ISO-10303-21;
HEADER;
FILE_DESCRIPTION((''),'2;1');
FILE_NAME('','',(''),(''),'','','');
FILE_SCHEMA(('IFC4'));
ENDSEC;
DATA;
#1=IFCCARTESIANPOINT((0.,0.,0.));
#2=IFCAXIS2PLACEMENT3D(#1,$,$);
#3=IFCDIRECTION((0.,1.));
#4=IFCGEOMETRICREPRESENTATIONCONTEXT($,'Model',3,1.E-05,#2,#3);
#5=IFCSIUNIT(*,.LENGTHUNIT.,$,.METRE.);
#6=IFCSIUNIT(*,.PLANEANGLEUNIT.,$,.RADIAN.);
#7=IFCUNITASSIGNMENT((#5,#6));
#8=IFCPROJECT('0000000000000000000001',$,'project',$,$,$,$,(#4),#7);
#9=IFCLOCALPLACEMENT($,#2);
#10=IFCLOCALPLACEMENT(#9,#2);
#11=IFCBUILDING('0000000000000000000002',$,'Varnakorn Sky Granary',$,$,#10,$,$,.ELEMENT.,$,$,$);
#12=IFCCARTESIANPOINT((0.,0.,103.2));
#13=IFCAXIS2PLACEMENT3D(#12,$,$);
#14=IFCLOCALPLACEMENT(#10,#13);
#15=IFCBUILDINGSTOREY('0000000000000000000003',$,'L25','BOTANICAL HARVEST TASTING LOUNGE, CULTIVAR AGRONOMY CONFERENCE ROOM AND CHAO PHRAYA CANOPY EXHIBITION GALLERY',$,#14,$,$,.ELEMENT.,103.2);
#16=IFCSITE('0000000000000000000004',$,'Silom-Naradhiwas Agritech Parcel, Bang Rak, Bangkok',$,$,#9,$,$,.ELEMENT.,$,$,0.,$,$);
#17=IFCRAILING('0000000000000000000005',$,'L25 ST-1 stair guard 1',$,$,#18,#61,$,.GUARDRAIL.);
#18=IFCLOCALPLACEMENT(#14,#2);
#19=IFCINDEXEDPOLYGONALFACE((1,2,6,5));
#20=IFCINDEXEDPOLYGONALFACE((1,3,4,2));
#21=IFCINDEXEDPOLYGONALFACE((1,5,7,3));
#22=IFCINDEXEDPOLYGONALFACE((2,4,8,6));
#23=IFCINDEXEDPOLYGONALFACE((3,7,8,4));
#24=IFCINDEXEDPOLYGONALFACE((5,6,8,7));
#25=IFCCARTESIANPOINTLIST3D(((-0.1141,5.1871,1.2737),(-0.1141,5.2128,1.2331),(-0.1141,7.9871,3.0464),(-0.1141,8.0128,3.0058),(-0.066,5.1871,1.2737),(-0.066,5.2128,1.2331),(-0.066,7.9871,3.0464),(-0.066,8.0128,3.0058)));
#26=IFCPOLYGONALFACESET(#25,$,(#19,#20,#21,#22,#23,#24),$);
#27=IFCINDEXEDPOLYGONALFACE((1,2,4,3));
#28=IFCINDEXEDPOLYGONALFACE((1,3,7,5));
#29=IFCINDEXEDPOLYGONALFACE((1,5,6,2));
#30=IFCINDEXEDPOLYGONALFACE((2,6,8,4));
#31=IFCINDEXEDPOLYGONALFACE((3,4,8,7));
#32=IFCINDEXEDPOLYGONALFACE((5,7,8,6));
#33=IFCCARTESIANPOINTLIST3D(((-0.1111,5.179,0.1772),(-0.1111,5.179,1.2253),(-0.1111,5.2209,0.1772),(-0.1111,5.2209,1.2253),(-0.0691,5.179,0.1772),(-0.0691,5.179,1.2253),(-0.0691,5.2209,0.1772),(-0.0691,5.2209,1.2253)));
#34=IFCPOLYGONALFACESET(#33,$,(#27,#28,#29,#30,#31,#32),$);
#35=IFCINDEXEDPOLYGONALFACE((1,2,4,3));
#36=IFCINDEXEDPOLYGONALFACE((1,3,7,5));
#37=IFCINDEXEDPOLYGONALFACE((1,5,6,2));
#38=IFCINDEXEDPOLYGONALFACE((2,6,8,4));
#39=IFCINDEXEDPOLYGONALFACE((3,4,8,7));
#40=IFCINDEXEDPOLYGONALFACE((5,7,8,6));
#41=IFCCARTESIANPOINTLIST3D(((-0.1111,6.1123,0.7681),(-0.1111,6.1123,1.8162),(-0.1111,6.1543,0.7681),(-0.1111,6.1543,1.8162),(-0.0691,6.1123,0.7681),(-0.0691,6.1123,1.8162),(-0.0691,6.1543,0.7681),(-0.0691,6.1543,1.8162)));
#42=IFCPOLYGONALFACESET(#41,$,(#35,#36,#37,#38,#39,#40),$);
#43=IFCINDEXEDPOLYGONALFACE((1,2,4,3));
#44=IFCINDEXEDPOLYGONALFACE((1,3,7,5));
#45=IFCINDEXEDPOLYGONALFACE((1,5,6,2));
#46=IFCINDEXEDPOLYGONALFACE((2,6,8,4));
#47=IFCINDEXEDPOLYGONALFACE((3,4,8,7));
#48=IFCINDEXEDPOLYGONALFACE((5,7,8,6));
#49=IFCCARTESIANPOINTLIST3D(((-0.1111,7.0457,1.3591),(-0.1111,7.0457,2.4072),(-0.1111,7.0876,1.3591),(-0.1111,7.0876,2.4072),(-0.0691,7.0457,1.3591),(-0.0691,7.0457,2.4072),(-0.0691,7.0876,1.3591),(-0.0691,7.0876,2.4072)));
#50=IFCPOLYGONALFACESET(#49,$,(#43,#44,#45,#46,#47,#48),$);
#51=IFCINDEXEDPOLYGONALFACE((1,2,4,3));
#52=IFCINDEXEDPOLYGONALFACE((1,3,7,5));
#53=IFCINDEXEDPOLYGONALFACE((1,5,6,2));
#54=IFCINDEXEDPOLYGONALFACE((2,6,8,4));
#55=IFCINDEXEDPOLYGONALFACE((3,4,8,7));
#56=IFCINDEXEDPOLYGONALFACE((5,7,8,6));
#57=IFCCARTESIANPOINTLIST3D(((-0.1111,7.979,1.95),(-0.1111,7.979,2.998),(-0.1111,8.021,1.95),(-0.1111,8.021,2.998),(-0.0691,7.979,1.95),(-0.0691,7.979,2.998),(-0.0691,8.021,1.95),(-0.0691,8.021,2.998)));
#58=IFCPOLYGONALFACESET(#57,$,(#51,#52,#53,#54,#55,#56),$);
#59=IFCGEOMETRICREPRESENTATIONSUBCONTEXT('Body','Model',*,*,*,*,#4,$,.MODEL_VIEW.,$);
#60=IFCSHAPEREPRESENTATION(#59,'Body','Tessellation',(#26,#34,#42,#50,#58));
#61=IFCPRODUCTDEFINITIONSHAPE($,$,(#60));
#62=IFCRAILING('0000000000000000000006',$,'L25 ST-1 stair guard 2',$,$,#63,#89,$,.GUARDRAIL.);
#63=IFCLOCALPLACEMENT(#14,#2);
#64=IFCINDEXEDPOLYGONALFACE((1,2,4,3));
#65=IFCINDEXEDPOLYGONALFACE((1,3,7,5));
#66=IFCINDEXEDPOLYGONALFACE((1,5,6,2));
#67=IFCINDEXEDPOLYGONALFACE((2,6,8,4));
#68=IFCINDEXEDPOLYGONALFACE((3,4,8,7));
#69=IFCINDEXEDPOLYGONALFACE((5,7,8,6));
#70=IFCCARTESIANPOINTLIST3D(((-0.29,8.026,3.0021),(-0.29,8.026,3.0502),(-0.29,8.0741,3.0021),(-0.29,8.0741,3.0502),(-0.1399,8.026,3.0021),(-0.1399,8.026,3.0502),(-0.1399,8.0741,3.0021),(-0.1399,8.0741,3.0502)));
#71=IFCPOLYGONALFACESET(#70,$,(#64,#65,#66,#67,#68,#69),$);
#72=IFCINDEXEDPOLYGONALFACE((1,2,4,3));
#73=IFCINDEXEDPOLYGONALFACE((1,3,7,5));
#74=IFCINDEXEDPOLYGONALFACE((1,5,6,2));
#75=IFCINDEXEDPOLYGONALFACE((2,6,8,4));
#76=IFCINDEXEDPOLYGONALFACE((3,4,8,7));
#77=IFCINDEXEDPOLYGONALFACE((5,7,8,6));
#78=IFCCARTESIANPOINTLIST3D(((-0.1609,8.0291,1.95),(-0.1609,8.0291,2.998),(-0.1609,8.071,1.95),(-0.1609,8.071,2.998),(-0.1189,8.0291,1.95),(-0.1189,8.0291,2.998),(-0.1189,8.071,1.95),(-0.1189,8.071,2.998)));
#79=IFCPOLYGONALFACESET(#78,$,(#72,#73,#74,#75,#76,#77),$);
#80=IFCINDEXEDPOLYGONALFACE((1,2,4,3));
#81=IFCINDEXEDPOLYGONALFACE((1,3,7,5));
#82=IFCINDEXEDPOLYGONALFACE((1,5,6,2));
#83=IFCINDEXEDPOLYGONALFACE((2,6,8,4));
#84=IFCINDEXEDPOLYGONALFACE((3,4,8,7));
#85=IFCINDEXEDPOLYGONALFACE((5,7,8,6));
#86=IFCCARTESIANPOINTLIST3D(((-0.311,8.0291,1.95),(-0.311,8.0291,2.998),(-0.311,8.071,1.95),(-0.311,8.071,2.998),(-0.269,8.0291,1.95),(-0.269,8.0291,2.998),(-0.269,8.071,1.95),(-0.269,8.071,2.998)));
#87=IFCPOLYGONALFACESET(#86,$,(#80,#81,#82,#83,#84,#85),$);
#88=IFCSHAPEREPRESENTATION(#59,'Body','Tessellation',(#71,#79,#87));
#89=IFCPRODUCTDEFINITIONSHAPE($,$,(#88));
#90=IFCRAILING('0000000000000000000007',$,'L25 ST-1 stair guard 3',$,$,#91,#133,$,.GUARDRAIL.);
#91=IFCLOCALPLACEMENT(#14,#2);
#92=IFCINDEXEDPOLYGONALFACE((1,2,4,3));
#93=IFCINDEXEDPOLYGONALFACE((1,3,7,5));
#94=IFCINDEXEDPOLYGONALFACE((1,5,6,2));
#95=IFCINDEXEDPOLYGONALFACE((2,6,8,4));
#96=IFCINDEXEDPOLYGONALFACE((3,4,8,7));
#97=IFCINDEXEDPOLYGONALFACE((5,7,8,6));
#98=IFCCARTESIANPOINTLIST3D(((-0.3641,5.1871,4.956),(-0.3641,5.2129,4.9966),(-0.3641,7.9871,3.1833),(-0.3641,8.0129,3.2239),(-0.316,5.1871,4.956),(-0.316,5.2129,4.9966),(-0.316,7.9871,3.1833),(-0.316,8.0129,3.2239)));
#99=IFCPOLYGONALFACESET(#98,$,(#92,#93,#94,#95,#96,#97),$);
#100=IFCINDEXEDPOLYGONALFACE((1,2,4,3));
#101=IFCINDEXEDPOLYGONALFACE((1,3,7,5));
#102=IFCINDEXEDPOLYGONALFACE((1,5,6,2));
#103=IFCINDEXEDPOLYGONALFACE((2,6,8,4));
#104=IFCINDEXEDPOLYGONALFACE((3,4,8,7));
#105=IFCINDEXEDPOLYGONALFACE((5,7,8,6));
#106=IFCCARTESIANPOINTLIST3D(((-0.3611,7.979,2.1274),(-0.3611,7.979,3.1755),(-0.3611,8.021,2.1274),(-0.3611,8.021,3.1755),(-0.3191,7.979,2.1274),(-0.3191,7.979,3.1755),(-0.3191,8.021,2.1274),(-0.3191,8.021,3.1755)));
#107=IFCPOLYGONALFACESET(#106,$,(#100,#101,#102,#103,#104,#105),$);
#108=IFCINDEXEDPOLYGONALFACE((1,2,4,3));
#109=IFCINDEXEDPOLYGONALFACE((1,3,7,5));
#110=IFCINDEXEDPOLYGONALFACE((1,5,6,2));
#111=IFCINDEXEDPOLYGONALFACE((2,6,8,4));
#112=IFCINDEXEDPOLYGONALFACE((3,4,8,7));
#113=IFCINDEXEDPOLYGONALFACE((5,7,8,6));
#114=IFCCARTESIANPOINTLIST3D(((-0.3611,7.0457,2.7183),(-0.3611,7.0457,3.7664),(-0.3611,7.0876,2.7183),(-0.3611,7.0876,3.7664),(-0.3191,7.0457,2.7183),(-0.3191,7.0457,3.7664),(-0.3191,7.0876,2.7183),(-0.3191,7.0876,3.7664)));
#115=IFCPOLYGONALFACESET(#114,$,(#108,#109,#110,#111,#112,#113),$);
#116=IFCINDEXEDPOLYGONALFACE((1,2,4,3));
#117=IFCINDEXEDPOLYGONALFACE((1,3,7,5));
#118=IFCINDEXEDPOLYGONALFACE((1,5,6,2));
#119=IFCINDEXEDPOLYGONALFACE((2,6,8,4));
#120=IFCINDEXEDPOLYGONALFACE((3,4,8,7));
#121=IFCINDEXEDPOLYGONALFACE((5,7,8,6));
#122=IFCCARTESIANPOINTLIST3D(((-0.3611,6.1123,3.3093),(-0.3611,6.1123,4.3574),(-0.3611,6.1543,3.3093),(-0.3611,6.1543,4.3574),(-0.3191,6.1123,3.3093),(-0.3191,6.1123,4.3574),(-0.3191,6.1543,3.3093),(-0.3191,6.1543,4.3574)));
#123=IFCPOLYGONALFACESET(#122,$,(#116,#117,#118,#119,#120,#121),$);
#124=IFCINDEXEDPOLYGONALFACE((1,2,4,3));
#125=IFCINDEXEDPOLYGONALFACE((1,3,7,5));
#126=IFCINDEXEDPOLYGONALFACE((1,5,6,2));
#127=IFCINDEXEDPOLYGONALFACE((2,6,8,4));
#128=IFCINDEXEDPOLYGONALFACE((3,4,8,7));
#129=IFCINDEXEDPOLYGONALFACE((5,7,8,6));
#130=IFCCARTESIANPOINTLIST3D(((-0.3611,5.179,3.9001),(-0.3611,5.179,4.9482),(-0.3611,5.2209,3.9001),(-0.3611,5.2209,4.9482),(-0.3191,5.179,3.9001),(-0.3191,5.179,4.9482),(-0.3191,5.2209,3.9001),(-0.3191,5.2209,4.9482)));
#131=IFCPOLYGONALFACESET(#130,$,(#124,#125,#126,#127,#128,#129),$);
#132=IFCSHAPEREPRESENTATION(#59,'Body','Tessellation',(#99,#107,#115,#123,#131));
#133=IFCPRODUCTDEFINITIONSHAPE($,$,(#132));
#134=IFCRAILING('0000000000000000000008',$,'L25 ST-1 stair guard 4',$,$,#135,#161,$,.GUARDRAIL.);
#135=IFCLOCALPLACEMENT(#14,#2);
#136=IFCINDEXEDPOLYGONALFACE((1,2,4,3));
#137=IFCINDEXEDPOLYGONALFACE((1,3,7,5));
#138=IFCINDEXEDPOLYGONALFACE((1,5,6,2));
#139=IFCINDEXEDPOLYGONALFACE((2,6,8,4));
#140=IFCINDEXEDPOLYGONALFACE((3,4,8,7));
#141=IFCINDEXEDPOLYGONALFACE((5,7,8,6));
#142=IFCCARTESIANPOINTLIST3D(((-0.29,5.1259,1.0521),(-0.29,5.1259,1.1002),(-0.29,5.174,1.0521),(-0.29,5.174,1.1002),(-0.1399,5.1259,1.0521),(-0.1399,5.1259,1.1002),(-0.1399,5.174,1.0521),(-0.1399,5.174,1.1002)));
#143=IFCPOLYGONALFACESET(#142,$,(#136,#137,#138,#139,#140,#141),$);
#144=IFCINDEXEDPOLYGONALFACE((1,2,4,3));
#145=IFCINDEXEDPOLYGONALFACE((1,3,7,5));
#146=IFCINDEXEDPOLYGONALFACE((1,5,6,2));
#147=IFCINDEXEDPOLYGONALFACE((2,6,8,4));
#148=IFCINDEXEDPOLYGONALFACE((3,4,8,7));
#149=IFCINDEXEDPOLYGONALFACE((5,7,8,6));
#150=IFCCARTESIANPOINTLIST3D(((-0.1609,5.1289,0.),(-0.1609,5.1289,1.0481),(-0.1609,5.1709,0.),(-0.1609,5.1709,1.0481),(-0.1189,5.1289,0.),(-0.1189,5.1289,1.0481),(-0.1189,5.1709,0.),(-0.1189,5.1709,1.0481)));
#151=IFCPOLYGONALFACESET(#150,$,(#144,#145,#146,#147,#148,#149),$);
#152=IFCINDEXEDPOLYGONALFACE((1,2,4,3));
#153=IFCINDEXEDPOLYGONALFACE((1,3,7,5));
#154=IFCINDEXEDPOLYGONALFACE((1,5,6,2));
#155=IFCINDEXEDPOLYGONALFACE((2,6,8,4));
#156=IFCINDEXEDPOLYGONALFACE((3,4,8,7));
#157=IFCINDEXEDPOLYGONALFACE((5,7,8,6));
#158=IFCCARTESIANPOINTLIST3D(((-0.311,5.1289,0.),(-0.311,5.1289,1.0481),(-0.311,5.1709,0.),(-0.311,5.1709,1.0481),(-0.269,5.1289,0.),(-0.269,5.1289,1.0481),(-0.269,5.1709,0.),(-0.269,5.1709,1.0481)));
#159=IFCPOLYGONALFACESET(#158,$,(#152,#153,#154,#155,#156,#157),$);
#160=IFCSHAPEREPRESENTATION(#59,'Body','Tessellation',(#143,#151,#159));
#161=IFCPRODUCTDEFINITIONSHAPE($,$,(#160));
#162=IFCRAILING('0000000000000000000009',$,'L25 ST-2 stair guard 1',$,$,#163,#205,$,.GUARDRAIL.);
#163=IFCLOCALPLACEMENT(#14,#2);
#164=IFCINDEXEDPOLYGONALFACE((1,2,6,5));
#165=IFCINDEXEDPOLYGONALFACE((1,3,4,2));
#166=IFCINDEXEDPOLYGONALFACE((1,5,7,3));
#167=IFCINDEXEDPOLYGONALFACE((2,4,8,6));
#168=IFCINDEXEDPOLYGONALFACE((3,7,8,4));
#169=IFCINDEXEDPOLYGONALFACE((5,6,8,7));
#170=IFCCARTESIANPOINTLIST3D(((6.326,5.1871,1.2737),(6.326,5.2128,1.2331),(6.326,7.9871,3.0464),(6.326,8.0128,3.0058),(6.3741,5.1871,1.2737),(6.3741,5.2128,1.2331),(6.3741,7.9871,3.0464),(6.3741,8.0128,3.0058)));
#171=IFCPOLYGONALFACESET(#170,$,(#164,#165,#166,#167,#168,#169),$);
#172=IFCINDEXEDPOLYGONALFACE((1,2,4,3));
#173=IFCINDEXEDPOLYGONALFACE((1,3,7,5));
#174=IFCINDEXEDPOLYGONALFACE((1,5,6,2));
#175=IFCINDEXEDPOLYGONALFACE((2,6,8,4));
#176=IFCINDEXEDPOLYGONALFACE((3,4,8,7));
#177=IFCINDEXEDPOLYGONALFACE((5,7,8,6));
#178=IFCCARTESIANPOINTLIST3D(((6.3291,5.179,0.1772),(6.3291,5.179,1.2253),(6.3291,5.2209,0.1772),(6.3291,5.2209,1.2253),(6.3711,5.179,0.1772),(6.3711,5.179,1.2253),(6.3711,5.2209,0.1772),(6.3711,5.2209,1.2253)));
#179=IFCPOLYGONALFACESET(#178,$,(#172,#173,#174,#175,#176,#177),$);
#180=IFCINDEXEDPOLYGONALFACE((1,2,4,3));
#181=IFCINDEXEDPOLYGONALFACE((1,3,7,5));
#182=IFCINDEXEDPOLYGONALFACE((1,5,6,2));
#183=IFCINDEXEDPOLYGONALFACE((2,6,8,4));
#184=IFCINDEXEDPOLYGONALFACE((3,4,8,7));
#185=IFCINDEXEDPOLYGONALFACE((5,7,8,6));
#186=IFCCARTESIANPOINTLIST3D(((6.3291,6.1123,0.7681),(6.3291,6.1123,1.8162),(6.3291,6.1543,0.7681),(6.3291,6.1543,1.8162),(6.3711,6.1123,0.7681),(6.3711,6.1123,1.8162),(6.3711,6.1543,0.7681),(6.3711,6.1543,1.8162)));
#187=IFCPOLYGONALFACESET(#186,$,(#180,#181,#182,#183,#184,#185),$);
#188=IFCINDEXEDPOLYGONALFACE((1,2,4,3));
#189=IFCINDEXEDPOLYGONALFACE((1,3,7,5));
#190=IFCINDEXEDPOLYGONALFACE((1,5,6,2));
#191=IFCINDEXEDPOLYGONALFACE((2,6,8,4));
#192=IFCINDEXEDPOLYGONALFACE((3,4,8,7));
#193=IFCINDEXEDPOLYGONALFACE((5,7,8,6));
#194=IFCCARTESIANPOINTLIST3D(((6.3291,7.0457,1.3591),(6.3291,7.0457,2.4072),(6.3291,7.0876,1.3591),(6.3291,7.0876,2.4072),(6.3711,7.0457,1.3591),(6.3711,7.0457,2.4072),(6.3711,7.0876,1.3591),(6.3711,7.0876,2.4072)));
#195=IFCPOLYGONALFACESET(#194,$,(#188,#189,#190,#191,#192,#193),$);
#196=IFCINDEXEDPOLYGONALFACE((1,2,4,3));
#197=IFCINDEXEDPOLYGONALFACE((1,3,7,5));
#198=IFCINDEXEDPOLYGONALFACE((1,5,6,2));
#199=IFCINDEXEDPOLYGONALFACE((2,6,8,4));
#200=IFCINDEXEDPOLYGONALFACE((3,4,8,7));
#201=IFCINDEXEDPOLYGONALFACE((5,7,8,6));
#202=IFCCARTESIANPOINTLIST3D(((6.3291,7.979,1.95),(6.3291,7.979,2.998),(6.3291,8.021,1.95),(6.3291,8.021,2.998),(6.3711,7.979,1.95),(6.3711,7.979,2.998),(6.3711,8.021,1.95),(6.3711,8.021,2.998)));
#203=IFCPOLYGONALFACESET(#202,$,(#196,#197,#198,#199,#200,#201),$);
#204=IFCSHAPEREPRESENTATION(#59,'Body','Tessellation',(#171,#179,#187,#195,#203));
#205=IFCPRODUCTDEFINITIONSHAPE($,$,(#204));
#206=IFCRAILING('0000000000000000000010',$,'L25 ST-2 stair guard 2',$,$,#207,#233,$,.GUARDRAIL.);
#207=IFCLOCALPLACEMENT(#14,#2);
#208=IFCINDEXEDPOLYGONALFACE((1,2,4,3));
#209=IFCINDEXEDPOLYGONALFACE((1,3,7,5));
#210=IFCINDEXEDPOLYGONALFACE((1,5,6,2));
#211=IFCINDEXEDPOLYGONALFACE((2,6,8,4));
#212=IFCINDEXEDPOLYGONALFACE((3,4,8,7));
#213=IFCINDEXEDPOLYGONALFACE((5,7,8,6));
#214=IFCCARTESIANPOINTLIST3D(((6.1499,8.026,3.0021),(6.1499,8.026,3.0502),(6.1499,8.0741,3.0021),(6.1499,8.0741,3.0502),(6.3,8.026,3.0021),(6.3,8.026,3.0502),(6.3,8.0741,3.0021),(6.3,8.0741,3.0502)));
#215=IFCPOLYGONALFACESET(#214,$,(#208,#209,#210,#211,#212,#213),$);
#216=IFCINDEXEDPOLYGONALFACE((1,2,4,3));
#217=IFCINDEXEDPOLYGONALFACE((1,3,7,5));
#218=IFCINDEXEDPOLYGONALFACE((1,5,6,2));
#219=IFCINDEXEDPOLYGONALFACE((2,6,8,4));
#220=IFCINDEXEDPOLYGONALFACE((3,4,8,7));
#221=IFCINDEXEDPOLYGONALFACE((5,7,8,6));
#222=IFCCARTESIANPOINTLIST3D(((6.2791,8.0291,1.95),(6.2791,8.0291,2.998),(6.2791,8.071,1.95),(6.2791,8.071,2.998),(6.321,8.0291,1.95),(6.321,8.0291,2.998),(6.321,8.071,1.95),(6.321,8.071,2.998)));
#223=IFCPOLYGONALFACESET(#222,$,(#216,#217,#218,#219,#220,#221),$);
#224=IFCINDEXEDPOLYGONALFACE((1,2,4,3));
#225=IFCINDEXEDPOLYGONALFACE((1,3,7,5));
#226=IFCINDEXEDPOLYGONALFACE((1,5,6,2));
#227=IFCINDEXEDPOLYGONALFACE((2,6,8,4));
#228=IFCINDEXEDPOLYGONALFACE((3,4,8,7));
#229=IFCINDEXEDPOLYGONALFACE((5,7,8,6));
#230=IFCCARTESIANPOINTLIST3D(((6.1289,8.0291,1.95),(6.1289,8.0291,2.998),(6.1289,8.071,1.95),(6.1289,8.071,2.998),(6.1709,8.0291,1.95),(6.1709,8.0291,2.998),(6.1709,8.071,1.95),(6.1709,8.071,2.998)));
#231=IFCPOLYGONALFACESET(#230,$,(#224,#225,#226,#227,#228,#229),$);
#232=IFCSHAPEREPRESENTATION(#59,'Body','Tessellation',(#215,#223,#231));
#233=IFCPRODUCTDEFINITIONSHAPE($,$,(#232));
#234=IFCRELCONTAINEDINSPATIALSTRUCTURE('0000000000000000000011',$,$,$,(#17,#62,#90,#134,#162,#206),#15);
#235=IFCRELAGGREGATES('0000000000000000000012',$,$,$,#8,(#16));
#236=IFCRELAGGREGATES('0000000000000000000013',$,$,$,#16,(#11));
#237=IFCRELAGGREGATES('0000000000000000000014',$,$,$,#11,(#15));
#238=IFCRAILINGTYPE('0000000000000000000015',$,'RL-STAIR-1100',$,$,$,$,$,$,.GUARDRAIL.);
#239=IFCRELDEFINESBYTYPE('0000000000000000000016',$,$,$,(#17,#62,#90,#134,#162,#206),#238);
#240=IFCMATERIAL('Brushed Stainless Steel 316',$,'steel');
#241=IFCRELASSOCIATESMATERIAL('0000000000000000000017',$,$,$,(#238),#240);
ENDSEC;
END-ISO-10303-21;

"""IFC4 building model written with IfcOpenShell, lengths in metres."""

from ifc_helpers import new_model, si_unit, direction, frame, origin, origin_2d, place, context, subcontext, project, spatial, rectangle, extrude, material, type_object, element, save


model = new_model("IFC4")

# Units and contexts
model_context = context("Model", 3, precision=1e-05, world=origin(), true_north=direction((0.0, 1.0)))
body_context = subcontext(model_context, "Body", "Model", "MODEL_VIEW")
ifc_project = project(units=[si_unit("LENGTHUNIT", "METRE"), si_unit("PLANEANGLEUNIT", "RADIAN")], contexts=[model_context])

# Site, building, storey
site_placement = place(None, origin())
site = spatial("IfcSite", under=ifc_project, at=site_placement, Name="Silom-Naradhiwas Agritech Parcel, Bang Rak, Bangkok", CompositionType="ELEMENT", RefElevation=0.0)
building_placement = place(site_placement, origin())
building = spatial("IfcBuilding", under=site, at=building_placement, Name="Varnakorn Sky Granary", CompositionType="ELEMENT")
storey_placement = place(building_placement, frame((0.0, 0.0, 103.2)))
storey = spatial("IfcBuildingStorey", under=building, at=storey_placement, Name="L25", Description="BOTANICAL HARVEST TASTING LOUNGE, CULTIVAR AGRONOMY CONFERENCE ROOM AND CHAO PHRAYA CANOPY EXHIBITION GALLERY", CompositionType="ELEMENT", Elevation=103.2)

# Railings
ifc_material_1 = material(Name="Brushed Stainless Steel 316", Category="steel")
railing_type_1 = type_object("IfcRailingType", Name="RL-STAIR-1100", PredefinedType="GUARDRAIL", material=ifc_material_1)
railing_1_placement = place(storey_placement, frame((-0.0901, 5.2, 0.1772)))
element("IfcRailing", 1, at=railing_1_placement, inside=storey, type_object=railing_type_1, Name="L25 ST-1 stair guard 1", PredefinedType="GUARDRAIL", context=body_context, shape_type="SweptSolid", body=[
    extrude(rectangle(XDim=0.0481, YDim=0.0481, at=origin_2d()), frame((0.0, 0.0, 1.0762), z_axis=(0.0, 0.844909, 0.53491), x_axis=(-1.0, 0.0, 0.0)), (0.0, 0.0, 1.0), 3.314),
    extrude(rectangle(XDim=0.042, YDim=0.042, at=origin_2d()), origin(), (0.0, 0.0, 1.0), 1.0481),
    extrude(rectangle(XDim=0.042, YDim=0.042, at=origin_2d()), frame((0.0, 0.9333, 0.5908)), (0.0, 0.0, 1.0), 1.0481),
    extrude(rectangle(XDim=0.042, YDim=0.042, at=origin_2d()), frame((0.0, 1.8667, 1.1819)), (0.0, 0.0, 1.0), 1.0481),
    extrude(rectangle(XDim=0.042, YDim=0.042, at=origin_2d()), frame((0.0, 2.8, 1.7727)), (0.0, 0.0, 1.0), 1.0481),
])
railing_2_placement = place(storey_placement, frame((-0.1399, 8.05, 1.95)))
element("IfcRailing", 2, at=railing_2_placement, inside=storey, type_object=railing_type_1, Name="L25 ST-1 stair guard 2", PredefinedType="GUARDRAIL", context=body_context, shape_type="SweptSolid", body=[
    extrude(rectangle(XDim=0.0481, YDim=0.0481, at=origin_2d()), frame((0.0, 0.0, 1.0762), z_axis=(-1.0, 0.0, 0.0), x_axis=(0.0, -1.0, 0.0)), (0.0, 0.0, 1.0), 0.1501),
    extrude(rectangle(XDim=0.042, YDim=0.042, at=origin_2d()), origin(), (0.0, 0.0, 1.0), 1.0481),
    extrude(rectangle(XDim=0.042, YDim=0.042, at=origin_2d()), frame((-0.1501, 0.0, 0.0)), (0.0, 0.0, 1.0), 1.0481),
])
railing_3_placement = place(storey_placement, frame((-0.3401, 8.0, 2.1274)))
element("IfcRailing", 3, at=railing_3_placement, inside=storey, type_object=railing_type_1, Name="L25 ST-1 stair guard 3", PredefinedType="GUARDRAIL", context=body_context, shape_type="SweptSolid", body=[
    extrude(rectangle(XDim=0.0481, YDim=0.0481, at=origin_2d()), frame((0.0, 0.0, 1.0762), z_axis=(0.0, -0.844909, 0.53491), x_axis=(1.0, 0.0, 0.0)), (0.0, 0.0, 1.0), 3.314),
    extrude(rectangle(XDim=0.042, YDim=0.042, at=origin_2d()), origin(), (0.0, 0.0, 1.0), 1.0481),
    extrude(rectangle(XDim=0.042, YDim=0.042, at=origin_2d()), frame((0.0, -0.9333, 0.5908)), (0.0, 0.0, 1.0), 1.0481),
    extrude(rectangle(XDim=0.042, YDim=0.042, at=origin_2d()), frame((0.0, -1.8667, 1.1819)), (0.0, 0.0, 1.0), 1.0481),
    extrude(rectangle(XDim=0.042, YDim=0.042, at=origin_2d()), frame((0.0, -2.8, 1.7727)), (0.0, 0.0, 1.0), 1.0481),
])
railing_4_placement = place(storey_placement, frame((-0.1399, 5.1499, 0.0)))
element("IfcRailing", 4, at=railing_4_placement, inside=storey, type_object=railing_type_1, Name="L25 ST-1 stair guard 4", PredefinedType="GUARDRAIL", context=body_context, shape_type="SweptSolid", body=[
    extrude(rectangle(XDim=0.0481, YDim=0.0481, at=origin_2d()), frame((0.0, 0.0, 1.0762), z_axis=(-1.0, 0.0, 0.0), x_axis=(0.0, -1.0, 0.0)), (0.0, 0.0, 1.0), 0.1501),
    extrude(rectangle(XDim=0.042, YDim=0.042, at=origin_2d()), origin(), (0.0, 0.0, 1.0), 1.0481),
    extrude(rectangle(XDim=0.042, YDim=0.042, at=origin_2d()), frame((-0.1501, 0.0, 0.0)), (0.0, 0.0, 1.0), 1.0481),
])
railing_5_placement = place(storey_placement, frame((6.3501, 5.2, 0.1772)))
element("IfcRailing", 5, at=railing_5_placement, inside=storey, type_object=railing_type_1, Name="L25 ST-2 stair guard 1", PredefinedType="GUARDRAIL", context=body_context, shape_type="SweptSolid", body=[
    extrude(rectangle(XDim=0.0481, YDim=0.0481, at=origin_2d()), frame((0.0, 0.0, 1.0762), z_axis=(0.0, 0.844909, 0.53491), x_axis=(-1.0, 0.0, 0.0)), (0.0, 0.0, 1.0), 3.314),
    extrude(rectangle(XDim=0.042, YDim=0.042, at=origin_2d()), origin(), (0.0, 0.0, 1.0), 1.0481),
    extrude(rectangle(XDim=0.042, YDim=0.042, at=origin_2d()), frame((0.0, 0.9333, 0.5908)), (0.0, 0.0, 1.0), 1.0481),
    extrude(rectangle(XDim=0.042, YDim=0.042, at=origin_2d()), frame((0.0, 1.8667, 1.1819)), (0.0, 0.0, 1.0), 1.0481),
    extrude(rectangle(XDim=0.042, YDim=0.042, at=origin_2d()), frame((0.0, 2.8, 1.7727)), (0.0, 0.0, 1.0), 1.0481),
])
railing_6_placement = place(storey_placement, frame((6.3, 8.05, 1.95)))
element("IfcRailing", 6, at=railing_6_placement, inside=storey, type_object=railing_type_1, Name="L25 ST-2 stair guard 2", PredefinedType="GUARDRAIL", context=body_context, shape_type="SweptSolid", body=[
    extrude(rectangle(XDim=0.0481, YDim=0.0481, at=origin_2d()), frame((0.0, 0.0, 1.0762), z_axis=(-1.0, 0.0, 0.0), x_axis=(0.0, -1.0, 0.0)), (0.0, 0.0, 1.0), 0.1501),
    extrude(rectangle(XDim=0.042, YDim=0.042, at=origin_2d()), origin(), (0.0, 0.0, 1.0), 1.0481),
    extrude(rectangle(XDim=0.042, YDim=0.042, at=origin_2d()), frame((-0.1501, 0.0, 0.0)), (0.0, 0.0, 1.0), 1.0481),
])

save(model, "model.ifc")
